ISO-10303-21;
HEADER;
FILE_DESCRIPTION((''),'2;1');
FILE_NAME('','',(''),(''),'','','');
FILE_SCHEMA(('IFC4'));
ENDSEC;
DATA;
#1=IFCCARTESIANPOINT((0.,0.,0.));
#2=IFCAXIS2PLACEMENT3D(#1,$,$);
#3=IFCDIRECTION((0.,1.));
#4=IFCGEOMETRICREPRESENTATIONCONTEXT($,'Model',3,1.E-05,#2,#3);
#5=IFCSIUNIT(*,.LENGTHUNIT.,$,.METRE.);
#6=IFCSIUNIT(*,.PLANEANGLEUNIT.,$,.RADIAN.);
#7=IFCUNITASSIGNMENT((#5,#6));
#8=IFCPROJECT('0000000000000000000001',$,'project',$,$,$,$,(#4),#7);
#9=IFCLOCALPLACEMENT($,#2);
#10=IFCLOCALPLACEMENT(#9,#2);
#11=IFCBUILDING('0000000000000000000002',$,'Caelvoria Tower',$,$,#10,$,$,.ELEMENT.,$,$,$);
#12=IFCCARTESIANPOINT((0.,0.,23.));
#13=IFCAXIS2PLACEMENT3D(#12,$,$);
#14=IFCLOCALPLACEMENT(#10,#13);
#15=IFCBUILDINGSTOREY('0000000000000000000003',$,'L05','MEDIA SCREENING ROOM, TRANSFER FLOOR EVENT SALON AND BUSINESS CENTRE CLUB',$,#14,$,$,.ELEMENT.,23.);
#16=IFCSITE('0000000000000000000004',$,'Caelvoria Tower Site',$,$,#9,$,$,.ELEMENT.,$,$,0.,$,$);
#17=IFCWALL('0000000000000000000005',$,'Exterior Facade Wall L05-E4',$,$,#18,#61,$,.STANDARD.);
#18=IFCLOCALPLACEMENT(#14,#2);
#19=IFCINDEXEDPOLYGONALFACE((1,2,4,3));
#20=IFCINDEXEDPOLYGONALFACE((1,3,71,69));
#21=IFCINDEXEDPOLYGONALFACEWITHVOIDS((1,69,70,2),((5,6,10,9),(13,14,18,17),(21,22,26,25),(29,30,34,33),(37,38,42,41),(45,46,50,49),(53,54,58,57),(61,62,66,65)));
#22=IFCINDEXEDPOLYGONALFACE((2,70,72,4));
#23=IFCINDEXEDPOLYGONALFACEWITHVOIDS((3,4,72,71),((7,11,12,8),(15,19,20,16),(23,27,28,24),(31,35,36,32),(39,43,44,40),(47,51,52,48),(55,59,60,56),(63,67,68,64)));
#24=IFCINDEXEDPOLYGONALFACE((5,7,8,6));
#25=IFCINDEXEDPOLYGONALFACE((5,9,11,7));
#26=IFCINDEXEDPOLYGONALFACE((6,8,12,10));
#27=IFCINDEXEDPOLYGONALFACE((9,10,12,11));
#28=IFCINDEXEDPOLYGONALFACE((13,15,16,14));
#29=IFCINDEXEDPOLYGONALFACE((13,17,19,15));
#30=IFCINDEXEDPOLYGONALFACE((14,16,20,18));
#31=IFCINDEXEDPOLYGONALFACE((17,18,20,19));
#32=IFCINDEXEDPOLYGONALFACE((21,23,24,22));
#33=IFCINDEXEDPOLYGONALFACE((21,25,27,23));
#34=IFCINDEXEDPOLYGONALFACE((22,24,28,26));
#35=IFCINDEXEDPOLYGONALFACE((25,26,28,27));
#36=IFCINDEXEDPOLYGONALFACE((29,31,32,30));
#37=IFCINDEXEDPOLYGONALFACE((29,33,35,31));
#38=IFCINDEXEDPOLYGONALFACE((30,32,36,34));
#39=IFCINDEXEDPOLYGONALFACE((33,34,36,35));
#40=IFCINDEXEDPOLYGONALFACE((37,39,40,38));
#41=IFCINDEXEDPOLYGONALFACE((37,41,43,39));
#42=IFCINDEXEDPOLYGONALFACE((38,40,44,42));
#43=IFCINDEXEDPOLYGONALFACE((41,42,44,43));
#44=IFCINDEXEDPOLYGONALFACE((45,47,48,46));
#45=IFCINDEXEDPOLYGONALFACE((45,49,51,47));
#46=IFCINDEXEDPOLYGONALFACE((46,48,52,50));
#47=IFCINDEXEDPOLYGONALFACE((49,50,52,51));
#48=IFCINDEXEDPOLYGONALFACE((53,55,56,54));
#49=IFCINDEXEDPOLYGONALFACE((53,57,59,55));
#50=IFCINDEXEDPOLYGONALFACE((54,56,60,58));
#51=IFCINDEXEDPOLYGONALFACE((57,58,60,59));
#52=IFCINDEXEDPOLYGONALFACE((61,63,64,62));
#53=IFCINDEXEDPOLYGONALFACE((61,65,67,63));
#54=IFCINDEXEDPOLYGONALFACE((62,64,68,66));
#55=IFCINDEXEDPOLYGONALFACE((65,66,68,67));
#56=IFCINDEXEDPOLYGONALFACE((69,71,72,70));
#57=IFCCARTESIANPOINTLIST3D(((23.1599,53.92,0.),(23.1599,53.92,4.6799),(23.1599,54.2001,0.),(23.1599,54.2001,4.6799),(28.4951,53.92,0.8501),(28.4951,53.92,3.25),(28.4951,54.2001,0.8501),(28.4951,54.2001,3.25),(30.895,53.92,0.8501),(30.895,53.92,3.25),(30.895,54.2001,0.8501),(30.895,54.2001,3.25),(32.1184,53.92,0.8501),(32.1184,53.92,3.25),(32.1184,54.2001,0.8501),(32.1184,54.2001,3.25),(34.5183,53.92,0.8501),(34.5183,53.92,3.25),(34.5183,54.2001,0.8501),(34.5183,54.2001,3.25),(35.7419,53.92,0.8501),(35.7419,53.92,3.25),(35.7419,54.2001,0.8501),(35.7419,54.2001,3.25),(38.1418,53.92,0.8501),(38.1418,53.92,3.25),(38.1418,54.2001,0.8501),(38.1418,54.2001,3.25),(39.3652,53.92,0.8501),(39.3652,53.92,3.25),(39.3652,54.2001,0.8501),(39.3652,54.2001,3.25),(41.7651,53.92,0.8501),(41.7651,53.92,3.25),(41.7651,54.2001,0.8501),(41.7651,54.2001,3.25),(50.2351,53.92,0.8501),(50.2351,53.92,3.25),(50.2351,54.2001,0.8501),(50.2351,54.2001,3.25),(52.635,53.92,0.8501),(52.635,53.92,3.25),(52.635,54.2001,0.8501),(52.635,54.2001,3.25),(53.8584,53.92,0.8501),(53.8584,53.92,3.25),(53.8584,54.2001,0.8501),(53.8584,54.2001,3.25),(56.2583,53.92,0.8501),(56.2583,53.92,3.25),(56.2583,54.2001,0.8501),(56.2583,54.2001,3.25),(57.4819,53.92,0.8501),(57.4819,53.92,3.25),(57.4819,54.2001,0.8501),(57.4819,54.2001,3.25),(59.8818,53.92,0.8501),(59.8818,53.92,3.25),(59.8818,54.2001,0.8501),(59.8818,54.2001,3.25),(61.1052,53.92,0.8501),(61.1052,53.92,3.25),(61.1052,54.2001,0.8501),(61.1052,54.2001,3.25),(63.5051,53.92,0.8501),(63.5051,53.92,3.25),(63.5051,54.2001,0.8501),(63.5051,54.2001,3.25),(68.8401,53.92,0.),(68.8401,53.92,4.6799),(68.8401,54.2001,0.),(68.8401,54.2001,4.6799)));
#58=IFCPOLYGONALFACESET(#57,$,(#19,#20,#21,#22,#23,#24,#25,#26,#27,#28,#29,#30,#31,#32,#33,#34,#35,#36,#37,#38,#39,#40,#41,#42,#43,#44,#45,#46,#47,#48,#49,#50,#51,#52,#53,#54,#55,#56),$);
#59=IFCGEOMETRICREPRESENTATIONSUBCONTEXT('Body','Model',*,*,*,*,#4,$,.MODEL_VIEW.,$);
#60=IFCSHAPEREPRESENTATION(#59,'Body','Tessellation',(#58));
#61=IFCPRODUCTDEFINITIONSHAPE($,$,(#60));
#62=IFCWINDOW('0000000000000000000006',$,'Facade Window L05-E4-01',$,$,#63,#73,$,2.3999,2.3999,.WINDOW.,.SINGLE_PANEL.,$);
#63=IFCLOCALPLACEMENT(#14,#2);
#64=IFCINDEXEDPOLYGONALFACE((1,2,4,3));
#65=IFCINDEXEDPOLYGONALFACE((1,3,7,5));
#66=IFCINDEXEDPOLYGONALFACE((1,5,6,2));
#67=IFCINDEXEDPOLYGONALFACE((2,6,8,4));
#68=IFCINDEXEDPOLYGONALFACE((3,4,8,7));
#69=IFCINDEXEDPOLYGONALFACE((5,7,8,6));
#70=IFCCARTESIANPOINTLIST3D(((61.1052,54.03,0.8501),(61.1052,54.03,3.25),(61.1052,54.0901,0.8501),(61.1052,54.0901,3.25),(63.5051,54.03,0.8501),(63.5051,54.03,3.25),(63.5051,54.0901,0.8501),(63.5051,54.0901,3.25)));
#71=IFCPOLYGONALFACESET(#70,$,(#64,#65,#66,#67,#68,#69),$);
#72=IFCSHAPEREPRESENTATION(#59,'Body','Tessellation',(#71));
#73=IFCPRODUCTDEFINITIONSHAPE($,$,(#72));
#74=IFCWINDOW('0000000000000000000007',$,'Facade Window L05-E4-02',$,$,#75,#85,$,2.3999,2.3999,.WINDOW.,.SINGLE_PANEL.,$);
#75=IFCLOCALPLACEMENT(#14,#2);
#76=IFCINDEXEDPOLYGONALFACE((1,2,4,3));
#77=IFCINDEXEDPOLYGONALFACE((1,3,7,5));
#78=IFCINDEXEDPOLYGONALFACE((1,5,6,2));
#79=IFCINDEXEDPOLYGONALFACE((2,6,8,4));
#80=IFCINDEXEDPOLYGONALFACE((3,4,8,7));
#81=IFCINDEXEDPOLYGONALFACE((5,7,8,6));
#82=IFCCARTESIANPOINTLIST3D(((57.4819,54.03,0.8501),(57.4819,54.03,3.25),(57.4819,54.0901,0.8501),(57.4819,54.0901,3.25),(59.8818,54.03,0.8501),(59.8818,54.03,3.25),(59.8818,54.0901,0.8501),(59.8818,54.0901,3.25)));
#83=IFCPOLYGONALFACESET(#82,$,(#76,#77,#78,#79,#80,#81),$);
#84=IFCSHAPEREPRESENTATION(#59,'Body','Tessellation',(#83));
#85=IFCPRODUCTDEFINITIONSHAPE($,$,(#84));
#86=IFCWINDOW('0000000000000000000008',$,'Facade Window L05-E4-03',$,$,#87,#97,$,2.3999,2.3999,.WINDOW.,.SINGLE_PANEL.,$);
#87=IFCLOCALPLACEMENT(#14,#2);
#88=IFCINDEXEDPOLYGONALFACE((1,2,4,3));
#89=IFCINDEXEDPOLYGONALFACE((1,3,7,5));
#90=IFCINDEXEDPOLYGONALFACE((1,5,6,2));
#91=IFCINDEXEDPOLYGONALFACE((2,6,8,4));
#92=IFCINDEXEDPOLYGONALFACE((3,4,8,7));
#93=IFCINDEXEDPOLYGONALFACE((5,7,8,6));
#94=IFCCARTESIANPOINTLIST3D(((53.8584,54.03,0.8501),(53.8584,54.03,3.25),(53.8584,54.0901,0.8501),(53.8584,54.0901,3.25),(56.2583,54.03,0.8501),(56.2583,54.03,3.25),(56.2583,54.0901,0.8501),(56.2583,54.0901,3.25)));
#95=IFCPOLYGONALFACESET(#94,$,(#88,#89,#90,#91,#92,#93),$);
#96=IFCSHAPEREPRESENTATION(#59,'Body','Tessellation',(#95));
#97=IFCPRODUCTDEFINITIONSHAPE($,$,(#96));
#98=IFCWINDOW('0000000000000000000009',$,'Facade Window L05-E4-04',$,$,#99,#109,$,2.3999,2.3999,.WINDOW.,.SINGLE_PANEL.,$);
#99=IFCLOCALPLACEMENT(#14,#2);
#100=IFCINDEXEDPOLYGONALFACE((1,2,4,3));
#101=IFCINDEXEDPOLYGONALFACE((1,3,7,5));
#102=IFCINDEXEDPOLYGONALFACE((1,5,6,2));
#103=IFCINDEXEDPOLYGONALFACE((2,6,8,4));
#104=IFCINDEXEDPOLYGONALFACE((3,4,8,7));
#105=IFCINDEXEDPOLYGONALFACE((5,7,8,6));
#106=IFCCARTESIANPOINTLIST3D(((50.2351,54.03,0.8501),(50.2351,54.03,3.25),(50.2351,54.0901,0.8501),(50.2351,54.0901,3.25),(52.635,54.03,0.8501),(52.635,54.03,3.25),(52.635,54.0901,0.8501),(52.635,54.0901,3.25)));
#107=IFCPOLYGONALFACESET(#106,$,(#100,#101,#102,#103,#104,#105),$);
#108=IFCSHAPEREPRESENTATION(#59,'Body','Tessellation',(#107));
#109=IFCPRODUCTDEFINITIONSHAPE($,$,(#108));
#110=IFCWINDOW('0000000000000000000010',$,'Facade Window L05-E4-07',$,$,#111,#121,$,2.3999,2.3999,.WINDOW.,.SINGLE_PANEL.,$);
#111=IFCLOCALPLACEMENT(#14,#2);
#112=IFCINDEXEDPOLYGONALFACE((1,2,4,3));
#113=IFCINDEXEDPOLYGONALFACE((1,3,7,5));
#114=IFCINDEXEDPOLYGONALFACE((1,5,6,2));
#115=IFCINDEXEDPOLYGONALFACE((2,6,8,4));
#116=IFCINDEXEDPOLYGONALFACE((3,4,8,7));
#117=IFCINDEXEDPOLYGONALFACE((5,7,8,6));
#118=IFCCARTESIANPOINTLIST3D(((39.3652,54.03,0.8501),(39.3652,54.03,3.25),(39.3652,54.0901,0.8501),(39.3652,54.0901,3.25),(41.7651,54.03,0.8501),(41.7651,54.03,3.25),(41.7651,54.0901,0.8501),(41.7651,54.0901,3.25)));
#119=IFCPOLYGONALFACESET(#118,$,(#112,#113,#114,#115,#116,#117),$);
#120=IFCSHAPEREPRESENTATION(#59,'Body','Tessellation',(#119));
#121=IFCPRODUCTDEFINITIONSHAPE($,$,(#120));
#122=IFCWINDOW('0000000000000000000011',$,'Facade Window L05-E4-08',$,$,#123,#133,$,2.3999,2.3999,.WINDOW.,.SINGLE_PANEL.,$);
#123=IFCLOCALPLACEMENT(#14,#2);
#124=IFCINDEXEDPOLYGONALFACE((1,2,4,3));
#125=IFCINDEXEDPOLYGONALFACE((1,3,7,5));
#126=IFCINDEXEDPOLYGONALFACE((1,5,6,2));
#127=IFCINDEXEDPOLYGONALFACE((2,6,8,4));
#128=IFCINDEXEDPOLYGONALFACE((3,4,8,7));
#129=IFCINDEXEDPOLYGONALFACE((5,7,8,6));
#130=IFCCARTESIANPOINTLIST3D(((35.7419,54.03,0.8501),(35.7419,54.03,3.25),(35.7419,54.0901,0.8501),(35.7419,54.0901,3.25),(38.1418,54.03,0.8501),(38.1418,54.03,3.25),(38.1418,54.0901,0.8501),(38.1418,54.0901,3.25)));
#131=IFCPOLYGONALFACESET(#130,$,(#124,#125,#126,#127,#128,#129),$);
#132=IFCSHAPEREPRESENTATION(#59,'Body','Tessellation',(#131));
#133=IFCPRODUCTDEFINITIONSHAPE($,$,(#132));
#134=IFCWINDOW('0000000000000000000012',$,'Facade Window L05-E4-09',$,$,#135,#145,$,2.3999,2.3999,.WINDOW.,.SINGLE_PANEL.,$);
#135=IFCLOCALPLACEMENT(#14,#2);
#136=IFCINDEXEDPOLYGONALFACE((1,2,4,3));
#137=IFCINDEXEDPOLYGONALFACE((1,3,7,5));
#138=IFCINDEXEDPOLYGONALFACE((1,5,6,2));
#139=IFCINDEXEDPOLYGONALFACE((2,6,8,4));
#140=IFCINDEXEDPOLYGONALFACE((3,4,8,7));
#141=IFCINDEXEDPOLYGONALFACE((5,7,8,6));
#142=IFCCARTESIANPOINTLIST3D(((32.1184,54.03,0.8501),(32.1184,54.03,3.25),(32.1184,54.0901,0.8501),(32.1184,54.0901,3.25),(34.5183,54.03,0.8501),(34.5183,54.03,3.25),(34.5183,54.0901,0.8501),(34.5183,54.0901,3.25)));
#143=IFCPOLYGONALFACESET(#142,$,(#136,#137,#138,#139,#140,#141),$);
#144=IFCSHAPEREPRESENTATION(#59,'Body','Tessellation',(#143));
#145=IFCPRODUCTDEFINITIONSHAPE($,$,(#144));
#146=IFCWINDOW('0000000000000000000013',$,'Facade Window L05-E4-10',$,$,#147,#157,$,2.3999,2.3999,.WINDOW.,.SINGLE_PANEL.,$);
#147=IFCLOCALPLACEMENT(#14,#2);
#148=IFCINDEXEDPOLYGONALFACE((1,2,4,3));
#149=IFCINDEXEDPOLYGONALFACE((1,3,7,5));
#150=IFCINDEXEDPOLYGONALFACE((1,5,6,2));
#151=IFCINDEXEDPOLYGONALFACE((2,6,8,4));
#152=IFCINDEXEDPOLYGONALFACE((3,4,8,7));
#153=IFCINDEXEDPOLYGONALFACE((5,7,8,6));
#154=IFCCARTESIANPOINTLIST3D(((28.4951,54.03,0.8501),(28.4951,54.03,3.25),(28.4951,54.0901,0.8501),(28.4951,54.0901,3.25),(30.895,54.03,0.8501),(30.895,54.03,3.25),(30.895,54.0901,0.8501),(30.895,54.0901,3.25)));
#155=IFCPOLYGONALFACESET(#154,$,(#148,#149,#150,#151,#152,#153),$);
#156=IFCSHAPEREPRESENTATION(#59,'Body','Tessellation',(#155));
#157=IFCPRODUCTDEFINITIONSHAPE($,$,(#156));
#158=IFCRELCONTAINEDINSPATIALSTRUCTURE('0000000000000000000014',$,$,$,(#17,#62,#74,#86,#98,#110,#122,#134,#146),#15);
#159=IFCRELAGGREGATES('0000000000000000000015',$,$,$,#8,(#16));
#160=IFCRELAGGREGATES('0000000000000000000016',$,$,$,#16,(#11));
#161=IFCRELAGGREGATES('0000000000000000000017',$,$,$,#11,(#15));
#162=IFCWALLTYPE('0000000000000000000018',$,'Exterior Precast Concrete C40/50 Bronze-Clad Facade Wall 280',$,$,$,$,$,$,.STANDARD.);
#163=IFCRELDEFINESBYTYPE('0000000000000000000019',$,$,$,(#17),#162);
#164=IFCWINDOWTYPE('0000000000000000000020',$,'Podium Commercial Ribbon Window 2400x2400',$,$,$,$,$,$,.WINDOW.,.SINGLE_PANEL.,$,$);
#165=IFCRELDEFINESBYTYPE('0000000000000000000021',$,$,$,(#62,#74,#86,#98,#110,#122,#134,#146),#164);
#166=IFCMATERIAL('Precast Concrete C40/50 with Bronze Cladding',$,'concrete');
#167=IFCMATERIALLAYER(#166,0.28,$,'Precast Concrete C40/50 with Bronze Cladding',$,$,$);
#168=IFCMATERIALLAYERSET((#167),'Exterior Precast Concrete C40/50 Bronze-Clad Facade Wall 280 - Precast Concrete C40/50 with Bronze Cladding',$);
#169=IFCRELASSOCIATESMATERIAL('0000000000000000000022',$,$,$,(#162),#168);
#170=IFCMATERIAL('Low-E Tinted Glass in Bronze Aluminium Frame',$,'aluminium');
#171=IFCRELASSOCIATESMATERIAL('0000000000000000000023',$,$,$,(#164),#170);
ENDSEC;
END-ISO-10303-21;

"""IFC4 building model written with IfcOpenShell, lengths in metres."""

from ifc_helpers import new_model, si_unit, direction, frame, frame_2d, origin, place, context, subcontext, project, spatial, rectangle, extrude, material, layer, layer_set, type_object, element, fill, save


model = new_model("IFC4")

# Units and contexts
model_context = context("Model", 3, precision=1e-05, world=origin(), true_north=direction((0.0, 1.0)))
body_context = subcontext(model_context, "Body", "Model", "MODEL_VIEW")
ifc_project = project(units=[si_unit("LENGTHUNIT", "METRE"), si_unit("PLANEANGLEUNIT", "RADIAN")], contexts=[model_context])

# Site, building, storey
site_placement = place(None, origin())
site = spatial("IfcSite", under=ifc_project, at=site_placement, Name="Caelvoria Tower Site", CompositionType="ELEMENT", RefElevation=0.0)
building_placement = place(site_placement, origin())
building = spatial("IfcBuilding", under=site, at=building_placement, Name="Caelvoria Tower", CompositionType="ELEMENT")
storey_placement = place(building_placement, frame((0.0, 0.0, 23.0)))
storey = spatial("IfcBuildingStorey", under=building, at=storey_placement, Name="L05", Description="MEDIA SCREENING ROOM, TRANSFER FLOOR EVENT SALON AND BUSINESS CENTRE CLUB", CompositionType="ELEMENT", Elevation=23.0)

# Shared definitions
ifc_material_1 = material(Name="Precast Concrete C40/50 with Bronze Cladding", Category="concrete")
ifc_layer_1 = layer(ifc_material_1, 0.28, Name="Precast Concrete C40/50 with Bronze Cladding")
ifc_layer_set_1 = layer_set([ifc_layer_1], Name="Exterior Precast Concrete C40/50 Bronze-Clad Facade Wall 280 - Precast Concrete C40/50 with Bronze Cladding")
wall_type_1 = type_object("IfcWallType", Name="Exterior Precast Concrete C40/50 Bronze-Clad Facade Wall 280", PredefinedType="STANDARD", material=ifc_layer_set_1)
ifc_material_2 = material(Name="Low-E Tinted Glass in Bronze Aluminium Frame", Category="aluminium")

# Wall, openings, windows
wall_1_placement = place(storey_placement, frame((68.8401, 54.0601, 0.0), z_axis=(0.0, 0.0, 1.0), x_axis=(-1.0, 0.0, 0.0)))
wall_1 = element("IfcWall", 1, at=wall_1_placement, inside=storey, type_object=wall_type_1, Name="Exterior Facade Wall L05-E4", PredefinedType="STANDARD", context=body_context, shape_type="SweptSolid", body=[
    extrude(rectangle(XDim=45.6802, YDim=0.28, at=frame_2d((22.8401, 0.0))), origin(), (0.0, 0.0, 1.0), 4.6799),
])
opening_1_placement = place(wall_1_placement, frame((5.335, 0.0, 0.8501)))
opening_1 = element("IfcOpeningElement", 2, at=opening_1_placement, cuts=wall_1, PredefinedType="OPENING", context=body_context, shape_type="SweptSolid", body=[
    extrude(rectangle(XDim=2.3999, YDim=2.3999, at=frame_2d((1.2, 1.2))), frame((0.0, 0.1499, 0.0), z_axis=(0.0, -1.0, 0.0), x_axis=(1.0, 0.0, 0.0)), (0.0, 0.0, 1.0), 0.3),
])
opening_2_placement = place(wall_1_placement, frame((8.9583, 0.0, 0.8501)))
opening_2 = element("IfcOpeningElement", 3, at=opening_2_placement, cuts=wall_1, PredefinedType="OPENING", context=body_context, shape_type="SweptSolid", body=[
    extrude(rectangle(XDim=2.3999, YDim=2.3999, at=frame_2d((1.2, 1.2))), frame((0.0, 0.1499, 0.0), z_axis=(0.0, -1.0, 0.0), x_axis=(1.0, 0.0, 0.0)), (0.0, 0.0, 1.0), 0.3),
])
opening_3_placement = place(wall_1_placement, frame((12.5818, 0.0, 0.8501)))
opening_3 = element("IfcOpeningElement", 4, at=opening_3_placement, cuts=wall_1, PredefinedType="OPENING", context=body_context, shape_type="SweptSolid", body=[
    extrude(rectangle(XDim=2.3999, YDim=2.3999, at=frame_2d((1.2, 1.2))), frame((0.0, 0.1499, 0.0), z_axis=(0.0, -1.0, 0.0), x_axis=(1.0, 0.0, 0.0)), (0.0, 0.0, 1.0), 0.3),
])
opening_4_placement = place(wall_1_placement, frame((16.2051, 0.0, 0.8501)))
opening_4 = element("IfcOpeningElement", 5, at=opening_4_placement, cuts=wall_1, PredefinedType="OPENING", context=body_context, shape_type="SweptSolid", body=[
    extrude(rectangle(XDim=2.3999, YDim=2.3999, at=frame_2d((1.2, 1.2))), frame((0.0, 0.1499, 0.0), z_axis=(0.0, -1.0, 0.0), x_axis=(1.0, 0.0, 0.0)), (0.0, 0.0, 1.0), 0.3),
])
opening_5_placement = place(wall_1_placement, frame((27.075, 0.0, 0.8501)))
opening_5 = element("IfcOpeningElement", 6, at=opening_5_placement, cuts=wall_1, PredefinedType="OPENING", context=body_context, shape_type="SweptSolid", body=[
    extrude(rectangle(XDim=2.3999, YDim=2.3999, at=frame_2d((1.2, 1.2))), frame((0.0, 0.1499, 0.0), z_axis=(0.0, -1.0, 0.0), x_axis=(1.0, 0.0, 0.0)), (0.0, 0.0, 1.0), 0.3),
])
opening_6_placement = place(wall_1_placement, frame((30.6982, 0.0, 0.8501)))
opening_6 = element("IfcOpeningElement", 7, at=opening_6_placement, cuts=wall_1, PredefinedType="OPENING", context=body_context, shape_type="SweptSolid", body=[
    extrude(rectangle(XDim=2.3999, YDim=2.3999, at=frame_2d((1.2, 1.2))), frame((0.0, 0.1499, 0.0), z_axis=(0.0, -1.0, 0.0), x_axis=(1.0, 0.0, 0.0)), (0.0, 0.0, 1.0), 0.3),
])
opening_7_placement = place(wall_1_placement, frame((34.3218, 0.0, 0.8501)))
opening_7 = element("IfcOpeningElement", 8, at=opening_7_placement, cuts=wall_1, PredefinedType="OPENING", context=body_context, shape_type="SweptSolid", body=[
    extrude(rectangle(XDim=2.3999, YDim=2.3999, at=frame_2d((1.2, 1.2))), frame((0.0, 0.1499, 0.0), z_axis=(0.0, -1.0, 0.0), x_axis=(1.0, 0.0, 0.0)), (0.0, 0.0, 1.0), 0.3),
])
opening_8_placement = place(wall_1_placement, frame((37.9451, 0.0, 0.8501)))
opening_8 = element("IfcOpeningElement", 9, at=opening_8_placement, cuts=wall_1, PredefinedType="OPENING", context=body_context, shape_type="SweptSolid", body=[
    extrude(rectangle(XDim=2.3999, YDim=2.3999, at=frame_2d((1.2, 1.2))), frame((0.0, 0.1499, 0.0), z_axis=(0.0, -1.0, 0.0), x_axis=(1.0, 0.0, 0.0)), (0.0, 0.0, 1.0), 0.3),
])
window_type_1 = type_object("IfcWindowType", Name="Podium Commercial Ribbon Window 2400x2400", PartitioningType="SINGLE_PANEL", PredefinedType="WINDOW", material=ifc_material_2)
window_1_placement = place(opening_1_placement, origin())
window_1 = element("IfcWindow", 10, at=window_1_placement, inside=storey, type_object=window_type_1, Name="Facade Window L05-E4-01", OverallHeight=2.3999, OverallWidth=2.3999, PartitioningType="SINGLE_PANEL", PredefinedType="WINDOW", context=body_context, shape_type="SweptSolid", body=[
    extrude(rectangle(XDim=2.3999, YDim=2.3999, at=frame_2d((1.2, 1.2))), frame((0.0, 0.03, 0.0), z_axis=(0.0, -1.0, 0.0), x_axis=(1.0, 0.0, 0.0)), (0.0, 0.0, 1.0), 0.0601),
])
fill(opening_1, window_1)
window_2_placement = place(opening_2_placement, origin())
window_2 = element("IfcWindow", 11, at=window_2_placement, inside=storey, type_object=window_type_1, Name="Facade Window L05-E4-02", OverallHeight=2.3999, OverallWidth=2.3999, PartitioningType="SINGLE_PANEL", PredefinedType="WINDOW", context=body_context, shape_type="SweptSolid", body=[
    extrude(rectangle(XDim=2.3999, YDim=2.3999, at=frame_2d((1.2, 1.2))), frame((0.0, 0.03, 0.0), z_axis=(0.0, -1.0, 0.0), x_axis=(1.0, 0.0, 0.0)), (0.0, 0.0, 1.0), 0.0601),
])
fill(opening_2, window_2)
window_3_placement = place(opening_3_placement, origin())
window_3 = element("IfcWindow", 12, at=window_3_placement, inside=storey, type_object=window_type_1, Name="Facade Window L05-E4-03", OverallHeight=2.3999, OverallWidth=2.3999, PartitioningType="SINGLE_PANEL", PredefinedType="WINDOW", context=body_context, shape_type="SweptSolid", body=[
    extrude(rectangle(XDim=2.3999, YDim=2.3999, at=frame_2d((1.2, 1.2))), frame((0.0, 0.03, 0.0), z_axis=(0.0, -1.0, 0.0), x_axis=(1.0, 0.0, 0.0)), (0.0, 0.0, 1.0), 0.0601),
])
fill(opening_3, window_3)
window_4_placement = place(opening_4_placement, origin())
window_4 = element("IfcWindow", 13, at=window_4_placement, inside=storey, type_object=window_type_1, Name="Facade Window L05-E4-04", OverallHeight=2.3999, OverallWidth=2.3999, PartitioningType="SINGLE_PANEL", PredefinedType="WINDOW", context=body_context, shape_type="SweptSolid", body=[
    extrude(rectangle(XDim=2.3999, YDim=2.3999, at=frame_2d((1.2, 1.2))), frame((0.0, 0.03, 0.0), z_axis=(0.0, -1.0, 0.0), x_axis=(1.0, 0.0, 0.0)), (0.0, 0.0, 1.0), 0.0601),
])
fill(opening_4, window_4)
window_5_placement = place(opening_5_placement, origin())
window_5 = element("IfcWindow", 14, at=window_5_placement, inside=storey, type_object=window_type_1, Name="Facade Window L05-E4-07", OverallHeight=2.3999, OverallWidth=2.3999, PartitioningType="SINGLE_PANEL", PredefinedType="WINDOW", context=body_context, shape_type="SweptSolid", body=[
    extrude(rectangle(XDim=2.3999, YDim=2.3999, at=frame_2d((1.2, 1.2))), frame((0.0, 0.03, 0.0), z_axis=(0.0, -1.0, 0.0), x_axis=(1.0, 0.0, 0.0)), (0.0, 0.0, 1.0), 0.0601),
])
fill(opening_5, window_5)
window_6_placement = place(opening_6_placement, origin())
window_6 = element("IfcWindow", 15, at=window_6_placement, inside=storey, type_object=window_type_1, Name="Facade Window L05-E4-08", OverallHeight=2.3999, OverallWidth=2.3999, PartitioningType="SINGLE_PANEL", PredefinedType="WINDOW", context=body_context, shape_type="SweptSolid", body=[
    extrude(rectangle(XDim=2.3999, YDim=2.3999, at=frame_2d((1.2, 1.2))), frame((0.0, 0.03, 0.0), z_axis=(0.0, -1.0, 0.0), x_axis=(1.0, 0.0, 0.0)), (0.0, 0.0, 1.0), 0.0601),
])
fill(opening_6, window_6)
window_7_placement = place(opening_7_placement, origin())
window_7 = element("IfcWindow", 16, at=window_7_placement, inside=storey, type_object=window_type_1, Name="Facade Window L05-E4-09", OverallHeight=2.3999, OverallWidth=2.3999, PartitioningType="SINGLE_PANEL", PredefinedType="WINDOW", context=body_context, shape_type="SweptSolid", body=[
    extrude(rectangle(XDim=2.3999, YDim=2.3999, at=frame_2d((1.2, 1.2))), frame((0.0, 0.03, 0.0), z_axis=(0.0, -1.0, 0.0), x_axis=(1.0, 0.0, 0.0)), (0.0, 0.0, 1.0), 0.0601),
])
fill(opening_7, window_7)
window_8_placement = place(opening_8_placement, origin())
window_8 = element("IfcWindow", 17, at=window_8_placement, inside=storey, type_object=window_type_1, Name="Facade Window L05-E4-10", OverallHeight=2.3999, OverallWidth=2.3999, PartitioningType="SINGLE_PANEL", PredefinedType="WINDOW", context=body_context, shape_type="SweptSolid", body=[
    extrude(rectangle(XDim=2.3999, YDim=2.3999, at=frame_2d((1.2, 1.2))), frame((0.0, 0.03, 0.0), z_axis=(0.0, -1.0, 0.0), x_axis=(1.0, 0.0, 0.0)), (0.0, 0.0, 1.0), 0.0601),
])
fill(opening_8, window_8)

save(model, "model.ifc")
